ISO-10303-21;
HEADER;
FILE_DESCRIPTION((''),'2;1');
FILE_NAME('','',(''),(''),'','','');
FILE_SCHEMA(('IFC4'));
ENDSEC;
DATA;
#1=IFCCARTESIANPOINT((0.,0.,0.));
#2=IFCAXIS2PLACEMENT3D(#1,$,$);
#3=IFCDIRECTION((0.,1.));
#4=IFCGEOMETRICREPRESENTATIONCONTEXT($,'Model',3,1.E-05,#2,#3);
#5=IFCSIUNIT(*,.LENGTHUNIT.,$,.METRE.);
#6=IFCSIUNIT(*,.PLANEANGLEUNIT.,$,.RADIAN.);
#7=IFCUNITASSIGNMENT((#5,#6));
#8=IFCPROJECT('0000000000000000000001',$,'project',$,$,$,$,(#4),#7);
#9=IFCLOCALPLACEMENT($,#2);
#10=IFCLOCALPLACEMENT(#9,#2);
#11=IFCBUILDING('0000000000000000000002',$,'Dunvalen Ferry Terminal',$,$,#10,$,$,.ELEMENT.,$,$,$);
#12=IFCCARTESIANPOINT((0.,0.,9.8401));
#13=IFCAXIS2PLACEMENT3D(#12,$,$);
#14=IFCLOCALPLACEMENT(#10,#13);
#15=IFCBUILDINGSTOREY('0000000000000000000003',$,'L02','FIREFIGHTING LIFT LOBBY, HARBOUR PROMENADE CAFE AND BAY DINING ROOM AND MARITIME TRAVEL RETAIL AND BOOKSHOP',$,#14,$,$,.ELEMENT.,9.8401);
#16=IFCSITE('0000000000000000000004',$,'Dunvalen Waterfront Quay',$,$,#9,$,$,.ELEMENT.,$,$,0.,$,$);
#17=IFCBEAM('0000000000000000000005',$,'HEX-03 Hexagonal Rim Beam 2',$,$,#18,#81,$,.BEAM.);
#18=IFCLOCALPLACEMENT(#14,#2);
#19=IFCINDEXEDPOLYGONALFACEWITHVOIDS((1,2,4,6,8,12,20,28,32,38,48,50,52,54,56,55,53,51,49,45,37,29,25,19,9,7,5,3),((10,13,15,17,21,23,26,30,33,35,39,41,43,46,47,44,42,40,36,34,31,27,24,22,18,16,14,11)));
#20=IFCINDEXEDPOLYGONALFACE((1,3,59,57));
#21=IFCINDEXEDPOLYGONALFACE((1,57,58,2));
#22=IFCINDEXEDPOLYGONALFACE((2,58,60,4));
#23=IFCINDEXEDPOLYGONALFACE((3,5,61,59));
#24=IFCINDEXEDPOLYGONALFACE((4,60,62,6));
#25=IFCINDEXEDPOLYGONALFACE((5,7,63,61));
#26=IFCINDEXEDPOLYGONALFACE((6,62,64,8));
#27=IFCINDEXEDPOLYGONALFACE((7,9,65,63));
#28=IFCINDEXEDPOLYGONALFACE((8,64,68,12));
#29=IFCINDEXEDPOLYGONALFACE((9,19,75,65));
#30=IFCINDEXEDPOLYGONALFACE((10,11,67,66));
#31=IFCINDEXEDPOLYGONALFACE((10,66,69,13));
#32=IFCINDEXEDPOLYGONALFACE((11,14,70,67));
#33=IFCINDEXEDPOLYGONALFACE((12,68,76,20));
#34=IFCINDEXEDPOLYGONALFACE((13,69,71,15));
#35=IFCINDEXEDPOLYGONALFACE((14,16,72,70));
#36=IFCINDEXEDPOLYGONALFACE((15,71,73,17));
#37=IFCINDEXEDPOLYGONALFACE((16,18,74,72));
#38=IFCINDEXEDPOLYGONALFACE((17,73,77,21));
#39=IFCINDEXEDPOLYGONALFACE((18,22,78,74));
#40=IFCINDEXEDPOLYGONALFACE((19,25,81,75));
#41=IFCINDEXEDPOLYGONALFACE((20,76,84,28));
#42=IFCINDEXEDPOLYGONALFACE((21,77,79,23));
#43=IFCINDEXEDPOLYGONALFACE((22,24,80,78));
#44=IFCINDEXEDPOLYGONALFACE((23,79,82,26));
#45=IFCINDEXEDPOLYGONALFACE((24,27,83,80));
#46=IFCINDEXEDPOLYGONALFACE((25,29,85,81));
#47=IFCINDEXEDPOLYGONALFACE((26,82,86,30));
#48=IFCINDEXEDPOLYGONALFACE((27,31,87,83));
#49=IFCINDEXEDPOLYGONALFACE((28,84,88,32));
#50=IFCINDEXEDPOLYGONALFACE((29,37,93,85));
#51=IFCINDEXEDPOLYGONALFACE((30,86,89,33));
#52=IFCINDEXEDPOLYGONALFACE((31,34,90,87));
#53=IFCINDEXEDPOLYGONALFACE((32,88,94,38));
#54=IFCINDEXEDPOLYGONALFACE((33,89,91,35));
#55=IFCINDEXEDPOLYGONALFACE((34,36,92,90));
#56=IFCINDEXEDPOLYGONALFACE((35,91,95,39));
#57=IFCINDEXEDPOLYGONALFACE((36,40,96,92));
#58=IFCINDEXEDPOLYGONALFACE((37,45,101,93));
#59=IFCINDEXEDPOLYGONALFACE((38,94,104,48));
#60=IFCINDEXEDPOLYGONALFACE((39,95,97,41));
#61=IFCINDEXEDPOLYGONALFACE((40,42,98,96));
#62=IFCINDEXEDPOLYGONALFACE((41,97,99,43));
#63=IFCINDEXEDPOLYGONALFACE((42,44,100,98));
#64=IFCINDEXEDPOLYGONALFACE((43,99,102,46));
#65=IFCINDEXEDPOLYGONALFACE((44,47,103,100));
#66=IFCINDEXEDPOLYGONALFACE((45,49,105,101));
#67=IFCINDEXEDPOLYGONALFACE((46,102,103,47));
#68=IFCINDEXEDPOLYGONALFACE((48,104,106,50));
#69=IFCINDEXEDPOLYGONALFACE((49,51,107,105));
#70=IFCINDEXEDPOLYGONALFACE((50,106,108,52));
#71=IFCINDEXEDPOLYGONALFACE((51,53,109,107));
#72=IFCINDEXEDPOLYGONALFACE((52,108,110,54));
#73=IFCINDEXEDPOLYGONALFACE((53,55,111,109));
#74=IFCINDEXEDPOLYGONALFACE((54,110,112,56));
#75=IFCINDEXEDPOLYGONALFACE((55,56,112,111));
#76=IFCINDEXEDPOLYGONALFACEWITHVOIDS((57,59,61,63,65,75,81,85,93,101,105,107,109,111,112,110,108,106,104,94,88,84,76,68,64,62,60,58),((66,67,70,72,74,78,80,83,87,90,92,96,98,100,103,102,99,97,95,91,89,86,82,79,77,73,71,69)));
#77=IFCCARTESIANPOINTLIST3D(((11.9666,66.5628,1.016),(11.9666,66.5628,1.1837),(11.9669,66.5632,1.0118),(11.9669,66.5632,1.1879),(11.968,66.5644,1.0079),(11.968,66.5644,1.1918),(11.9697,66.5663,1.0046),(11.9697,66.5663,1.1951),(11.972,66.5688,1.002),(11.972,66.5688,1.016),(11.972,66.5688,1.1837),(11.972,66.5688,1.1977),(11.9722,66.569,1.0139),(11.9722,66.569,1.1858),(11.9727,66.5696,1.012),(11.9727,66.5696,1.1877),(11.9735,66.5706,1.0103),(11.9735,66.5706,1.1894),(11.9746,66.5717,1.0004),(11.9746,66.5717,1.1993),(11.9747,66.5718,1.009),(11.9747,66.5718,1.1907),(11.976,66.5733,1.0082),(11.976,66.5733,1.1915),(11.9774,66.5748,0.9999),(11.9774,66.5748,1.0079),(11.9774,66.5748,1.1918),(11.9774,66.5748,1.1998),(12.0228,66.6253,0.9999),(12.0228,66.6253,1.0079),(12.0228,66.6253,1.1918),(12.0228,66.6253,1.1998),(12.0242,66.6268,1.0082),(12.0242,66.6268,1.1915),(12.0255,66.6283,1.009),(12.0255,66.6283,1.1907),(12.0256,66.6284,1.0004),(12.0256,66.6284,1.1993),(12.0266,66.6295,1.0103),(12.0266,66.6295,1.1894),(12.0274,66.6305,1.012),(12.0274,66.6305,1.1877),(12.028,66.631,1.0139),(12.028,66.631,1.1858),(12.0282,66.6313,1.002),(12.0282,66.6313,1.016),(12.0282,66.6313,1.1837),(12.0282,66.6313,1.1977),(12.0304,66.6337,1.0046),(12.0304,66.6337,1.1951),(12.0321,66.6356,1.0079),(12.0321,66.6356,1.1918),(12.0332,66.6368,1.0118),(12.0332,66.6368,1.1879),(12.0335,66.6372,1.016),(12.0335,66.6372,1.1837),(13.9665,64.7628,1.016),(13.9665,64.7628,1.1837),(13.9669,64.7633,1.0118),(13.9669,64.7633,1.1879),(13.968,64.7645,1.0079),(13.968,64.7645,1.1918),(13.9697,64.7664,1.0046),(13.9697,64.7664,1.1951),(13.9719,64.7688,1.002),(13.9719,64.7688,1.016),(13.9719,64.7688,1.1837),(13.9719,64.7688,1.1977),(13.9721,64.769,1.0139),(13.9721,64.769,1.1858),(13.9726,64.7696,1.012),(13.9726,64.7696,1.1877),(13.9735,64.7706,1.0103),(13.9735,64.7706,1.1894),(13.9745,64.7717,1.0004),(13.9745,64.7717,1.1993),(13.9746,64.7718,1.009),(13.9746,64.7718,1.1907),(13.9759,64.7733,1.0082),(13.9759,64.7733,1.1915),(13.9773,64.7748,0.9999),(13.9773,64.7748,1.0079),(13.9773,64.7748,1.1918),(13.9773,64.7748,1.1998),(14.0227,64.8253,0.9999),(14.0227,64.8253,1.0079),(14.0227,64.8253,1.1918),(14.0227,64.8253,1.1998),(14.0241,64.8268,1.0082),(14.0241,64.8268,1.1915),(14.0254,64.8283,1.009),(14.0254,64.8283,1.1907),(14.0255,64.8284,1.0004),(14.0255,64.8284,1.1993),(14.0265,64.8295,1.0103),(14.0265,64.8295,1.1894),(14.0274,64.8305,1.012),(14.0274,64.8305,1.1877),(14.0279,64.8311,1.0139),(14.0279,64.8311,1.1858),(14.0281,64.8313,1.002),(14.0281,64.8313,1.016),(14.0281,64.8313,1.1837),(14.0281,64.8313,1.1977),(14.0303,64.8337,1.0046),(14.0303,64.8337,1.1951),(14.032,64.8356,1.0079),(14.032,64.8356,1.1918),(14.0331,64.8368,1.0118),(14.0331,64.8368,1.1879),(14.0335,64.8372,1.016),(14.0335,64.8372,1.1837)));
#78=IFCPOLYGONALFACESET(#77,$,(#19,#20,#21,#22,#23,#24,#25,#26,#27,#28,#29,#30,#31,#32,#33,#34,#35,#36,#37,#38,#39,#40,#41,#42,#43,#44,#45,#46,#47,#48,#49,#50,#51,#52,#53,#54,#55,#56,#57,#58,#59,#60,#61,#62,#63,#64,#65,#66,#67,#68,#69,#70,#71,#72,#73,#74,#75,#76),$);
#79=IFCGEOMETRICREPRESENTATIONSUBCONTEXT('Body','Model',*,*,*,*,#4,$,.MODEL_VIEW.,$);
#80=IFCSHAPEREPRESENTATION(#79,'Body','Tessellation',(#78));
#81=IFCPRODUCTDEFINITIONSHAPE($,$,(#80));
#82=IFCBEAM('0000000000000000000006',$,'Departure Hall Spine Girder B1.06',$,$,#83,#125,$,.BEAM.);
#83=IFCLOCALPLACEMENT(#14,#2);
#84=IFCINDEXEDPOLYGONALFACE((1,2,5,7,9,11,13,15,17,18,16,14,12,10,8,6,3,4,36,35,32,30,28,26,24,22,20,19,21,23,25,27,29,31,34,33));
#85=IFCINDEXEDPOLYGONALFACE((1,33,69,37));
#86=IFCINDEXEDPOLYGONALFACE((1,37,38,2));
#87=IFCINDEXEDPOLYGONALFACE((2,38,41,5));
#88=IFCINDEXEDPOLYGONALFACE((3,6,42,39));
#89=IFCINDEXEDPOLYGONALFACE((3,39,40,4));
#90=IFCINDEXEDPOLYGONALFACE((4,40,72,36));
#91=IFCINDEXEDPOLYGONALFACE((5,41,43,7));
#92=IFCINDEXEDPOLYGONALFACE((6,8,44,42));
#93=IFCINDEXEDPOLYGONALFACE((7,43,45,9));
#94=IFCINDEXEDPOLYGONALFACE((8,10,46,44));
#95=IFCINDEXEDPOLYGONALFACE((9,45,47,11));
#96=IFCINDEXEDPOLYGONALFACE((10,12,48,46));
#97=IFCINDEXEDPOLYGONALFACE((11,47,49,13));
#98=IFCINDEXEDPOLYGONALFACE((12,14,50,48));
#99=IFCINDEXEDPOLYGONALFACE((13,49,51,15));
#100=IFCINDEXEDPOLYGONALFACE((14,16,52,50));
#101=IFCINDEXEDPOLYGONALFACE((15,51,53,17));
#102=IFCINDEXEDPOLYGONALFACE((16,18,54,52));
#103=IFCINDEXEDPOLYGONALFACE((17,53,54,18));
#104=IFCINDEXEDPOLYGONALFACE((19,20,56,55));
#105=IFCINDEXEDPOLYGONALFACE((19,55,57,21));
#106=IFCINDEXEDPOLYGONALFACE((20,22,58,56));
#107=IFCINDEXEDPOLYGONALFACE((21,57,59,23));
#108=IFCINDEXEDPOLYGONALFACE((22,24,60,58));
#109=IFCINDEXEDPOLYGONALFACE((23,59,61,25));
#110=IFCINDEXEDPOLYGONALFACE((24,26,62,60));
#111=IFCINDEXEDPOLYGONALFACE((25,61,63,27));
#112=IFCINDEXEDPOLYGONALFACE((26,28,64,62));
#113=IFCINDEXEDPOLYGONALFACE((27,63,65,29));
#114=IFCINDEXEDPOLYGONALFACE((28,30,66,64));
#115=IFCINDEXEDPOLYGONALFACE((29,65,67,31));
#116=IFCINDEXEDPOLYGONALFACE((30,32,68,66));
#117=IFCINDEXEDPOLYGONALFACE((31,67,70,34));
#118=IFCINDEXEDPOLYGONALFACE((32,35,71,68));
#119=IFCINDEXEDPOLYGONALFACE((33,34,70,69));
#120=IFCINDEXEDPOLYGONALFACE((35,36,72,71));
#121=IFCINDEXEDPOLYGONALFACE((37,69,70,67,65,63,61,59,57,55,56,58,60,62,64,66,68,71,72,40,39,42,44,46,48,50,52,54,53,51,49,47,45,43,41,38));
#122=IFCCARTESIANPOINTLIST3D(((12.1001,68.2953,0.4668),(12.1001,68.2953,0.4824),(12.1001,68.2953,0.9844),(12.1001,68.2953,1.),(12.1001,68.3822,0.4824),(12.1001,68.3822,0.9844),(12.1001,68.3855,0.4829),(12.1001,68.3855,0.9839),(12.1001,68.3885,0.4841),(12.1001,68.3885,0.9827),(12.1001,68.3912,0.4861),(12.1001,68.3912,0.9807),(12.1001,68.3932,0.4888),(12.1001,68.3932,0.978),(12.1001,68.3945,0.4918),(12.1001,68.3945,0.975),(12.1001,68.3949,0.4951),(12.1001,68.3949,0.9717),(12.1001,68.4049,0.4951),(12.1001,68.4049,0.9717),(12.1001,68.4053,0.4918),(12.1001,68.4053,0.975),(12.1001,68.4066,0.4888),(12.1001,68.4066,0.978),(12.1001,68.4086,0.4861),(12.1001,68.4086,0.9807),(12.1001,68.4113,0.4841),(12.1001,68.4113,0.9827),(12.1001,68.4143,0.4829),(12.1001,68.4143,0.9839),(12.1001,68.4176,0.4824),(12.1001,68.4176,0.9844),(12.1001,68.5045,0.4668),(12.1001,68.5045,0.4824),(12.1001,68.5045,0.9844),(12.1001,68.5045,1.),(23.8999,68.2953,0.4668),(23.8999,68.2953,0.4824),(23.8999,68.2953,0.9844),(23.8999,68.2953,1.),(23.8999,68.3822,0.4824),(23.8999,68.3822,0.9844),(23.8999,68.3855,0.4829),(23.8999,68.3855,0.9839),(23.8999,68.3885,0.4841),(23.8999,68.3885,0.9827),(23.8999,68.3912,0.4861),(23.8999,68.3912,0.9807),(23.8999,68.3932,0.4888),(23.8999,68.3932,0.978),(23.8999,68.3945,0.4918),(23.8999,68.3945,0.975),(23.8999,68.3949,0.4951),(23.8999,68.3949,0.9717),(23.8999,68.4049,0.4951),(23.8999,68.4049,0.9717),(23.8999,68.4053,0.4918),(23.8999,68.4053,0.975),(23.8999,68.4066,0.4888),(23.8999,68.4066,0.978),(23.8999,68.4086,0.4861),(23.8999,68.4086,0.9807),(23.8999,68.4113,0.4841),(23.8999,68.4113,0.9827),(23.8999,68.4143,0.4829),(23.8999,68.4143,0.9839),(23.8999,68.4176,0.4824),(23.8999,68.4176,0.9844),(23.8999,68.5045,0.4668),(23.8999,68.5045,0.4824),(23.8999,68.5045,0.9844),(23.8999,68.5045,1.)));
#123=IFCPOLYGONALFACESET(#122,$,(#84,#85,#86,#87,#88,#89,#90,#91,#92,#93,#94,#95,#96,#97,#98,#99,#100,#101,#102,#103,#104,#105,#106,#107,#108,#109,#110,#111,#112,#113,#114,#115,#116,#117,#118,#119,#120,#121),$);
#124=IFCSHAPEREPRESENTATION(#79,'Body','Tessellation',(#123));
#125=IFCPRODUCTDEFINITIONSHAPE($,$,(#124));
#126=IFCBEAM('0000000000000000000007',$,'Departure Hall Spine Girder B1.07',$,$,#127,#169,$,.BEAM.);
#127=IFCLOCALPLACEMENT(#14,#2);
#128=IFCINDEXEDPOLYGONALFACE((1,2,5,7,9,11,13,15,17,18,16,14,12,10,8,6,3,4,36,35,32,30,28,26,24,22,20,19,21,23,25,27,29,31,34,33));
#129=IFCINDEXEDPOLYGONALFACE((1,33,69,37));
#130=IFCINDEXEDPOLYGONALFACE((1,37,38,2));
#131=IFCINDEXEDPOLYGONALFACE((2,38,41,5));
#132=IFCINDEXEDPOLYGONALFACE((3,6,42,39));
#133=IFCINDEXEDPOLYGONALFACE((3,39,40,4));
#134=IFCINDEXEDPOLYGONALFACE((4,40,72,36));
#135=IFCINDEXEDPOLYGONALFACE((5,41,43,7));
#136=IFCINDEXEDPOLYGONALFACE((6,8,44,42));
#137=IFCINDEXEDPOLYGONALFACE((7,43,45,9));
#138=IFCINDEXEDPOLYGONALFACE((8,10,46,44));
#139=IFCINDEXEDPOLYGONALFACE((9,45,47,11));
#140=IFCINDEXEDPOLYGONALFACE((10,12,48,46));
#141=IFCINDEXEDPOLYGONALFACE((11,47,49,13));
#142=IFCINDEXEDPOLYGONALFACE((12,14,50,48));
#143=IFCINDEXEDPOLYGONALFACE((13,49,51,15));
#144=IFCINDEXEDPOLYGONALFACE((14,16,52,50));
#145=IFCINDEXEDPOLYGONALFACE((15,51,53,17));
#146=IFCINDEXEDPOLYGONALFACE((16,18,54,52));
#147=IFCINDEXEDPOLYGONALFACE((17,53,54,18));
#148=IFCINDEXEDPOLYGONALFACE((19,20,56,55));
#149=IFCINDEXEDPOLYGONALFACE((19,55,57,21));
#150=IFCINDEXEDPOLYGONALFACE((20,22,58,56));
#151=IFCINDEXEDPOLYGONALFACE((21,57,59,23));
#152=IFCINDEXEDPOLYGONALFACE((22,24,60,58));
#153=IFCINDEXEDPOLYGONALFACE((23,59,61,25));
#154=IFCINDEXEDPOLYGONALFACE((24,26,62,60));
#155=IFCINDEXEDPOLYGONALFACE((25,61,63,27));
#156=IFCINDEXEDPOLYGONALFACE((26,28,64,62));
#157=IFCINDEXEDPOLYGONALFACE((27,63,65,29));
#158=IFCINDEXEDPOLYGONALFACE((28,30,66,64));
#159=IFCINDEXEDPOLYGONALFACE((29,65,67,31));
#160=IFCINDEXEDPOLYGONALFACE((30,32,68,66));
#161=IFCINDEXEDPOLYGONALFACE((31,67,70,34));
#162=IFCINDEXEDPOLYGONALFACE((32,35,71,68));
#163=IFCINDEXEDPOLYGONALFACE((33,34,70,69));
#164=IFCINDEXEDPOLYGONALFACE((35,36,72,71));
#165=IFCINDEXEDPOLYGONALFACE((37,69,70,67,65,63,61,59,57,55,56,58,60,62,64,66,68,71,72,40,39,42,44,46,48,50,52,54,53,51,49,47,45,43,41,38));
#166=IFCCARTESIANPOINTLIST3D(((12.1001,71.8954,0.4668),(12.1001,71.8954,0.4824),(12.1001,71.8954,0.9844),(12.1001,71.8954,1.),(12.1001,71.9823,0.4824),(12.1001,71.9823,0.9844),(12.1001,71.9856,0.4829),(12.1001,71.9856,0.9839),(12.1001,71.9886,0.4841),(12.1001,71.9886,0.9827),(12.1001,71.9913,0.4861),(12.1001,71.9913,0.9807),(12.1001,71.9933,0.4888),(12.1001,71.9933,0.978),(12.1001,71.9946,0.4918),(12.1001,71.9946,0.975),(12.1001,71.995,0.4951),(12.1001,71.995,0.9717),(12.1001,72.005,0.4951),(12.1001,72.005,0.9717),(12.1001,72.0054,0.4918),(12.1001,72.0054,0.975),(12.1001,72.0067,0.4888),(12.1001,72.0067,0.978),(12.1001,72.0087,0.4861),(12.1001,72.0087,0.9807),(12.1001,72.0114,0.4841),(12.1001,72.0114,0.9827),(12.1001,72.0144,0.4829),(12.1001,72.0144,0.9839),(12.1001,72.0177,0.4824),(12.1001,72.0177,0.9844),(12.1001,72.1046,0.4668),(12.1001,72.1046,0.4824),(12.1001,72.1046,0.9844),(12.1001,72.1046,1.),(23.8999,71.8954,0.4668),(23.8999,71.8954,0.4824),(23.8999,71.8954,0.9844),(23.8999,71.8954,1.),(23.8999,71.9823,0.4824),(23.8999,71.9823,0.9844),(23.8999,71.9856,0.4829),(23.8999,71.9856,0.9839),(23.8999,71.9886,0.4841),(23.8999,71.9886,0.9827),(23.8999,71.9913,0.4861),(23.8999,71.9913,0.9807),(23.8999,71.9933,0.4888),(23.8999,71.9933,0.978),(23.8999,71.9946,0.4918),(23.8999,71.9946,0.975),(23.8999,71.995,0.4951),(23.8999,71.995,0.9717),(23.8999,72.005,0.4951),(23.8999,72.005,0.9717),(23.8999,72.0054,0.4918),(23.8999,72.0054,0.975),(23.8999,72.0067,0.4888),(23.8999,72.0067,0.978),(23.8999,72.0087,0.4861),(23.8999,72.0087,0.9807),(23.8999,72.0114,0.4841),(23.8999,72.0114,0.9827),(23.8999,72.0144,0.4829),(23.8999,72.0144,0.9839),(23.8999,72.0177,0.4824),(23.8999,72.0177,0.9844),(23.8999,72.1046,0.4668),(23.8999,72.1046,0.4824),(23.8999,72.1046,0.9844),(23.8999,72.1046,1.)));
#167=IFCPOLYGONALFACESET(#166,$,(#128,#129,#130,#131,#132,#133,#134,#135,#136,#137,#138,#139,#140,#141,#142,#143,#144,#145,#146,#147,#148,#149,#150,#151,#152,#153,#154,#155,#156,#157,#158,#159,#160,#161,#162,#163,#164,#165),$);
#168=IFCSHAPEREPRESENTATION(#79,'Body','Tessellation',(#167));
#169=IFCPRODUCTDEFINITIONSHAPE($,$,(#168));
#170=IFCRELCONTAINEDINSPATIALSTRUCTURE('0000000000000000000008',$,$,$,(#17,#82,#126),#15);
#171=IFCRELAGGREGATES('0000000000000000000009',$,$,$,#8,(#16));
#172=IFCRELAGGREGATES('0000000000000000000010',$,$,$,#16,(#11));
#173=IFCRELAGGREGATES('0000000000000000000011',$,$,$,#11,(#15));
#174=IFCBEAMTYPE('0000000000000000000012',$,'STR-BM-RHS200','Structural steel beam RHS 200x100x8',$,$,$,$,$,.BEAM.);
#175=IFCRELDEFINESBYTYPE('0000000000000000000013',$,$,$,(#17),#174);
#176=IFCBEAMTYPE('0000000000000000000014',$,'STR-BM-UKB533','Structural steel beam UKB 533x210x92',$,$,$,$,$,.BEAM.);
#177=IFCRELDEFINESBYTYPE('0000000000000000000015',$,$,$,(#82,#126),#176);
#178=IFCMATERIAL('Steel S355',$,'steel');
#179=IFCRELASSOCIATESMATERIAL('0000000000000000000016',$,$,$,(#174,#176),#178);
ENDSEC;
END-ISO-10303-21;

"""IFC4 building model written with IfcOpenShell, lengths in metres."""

from ifc_helpers import new_model, si_unit, direction, frame, origin, origin_2d, place, context, subcontext, project, spatial, hollow_rectangle, i_section, extrude, material, material_profile, profile_set, type_object, element, save


model = new_model("IFC4")

# Units and contexts
model_context = context("Model", 3, precision=1e-05, world=origin(), true_north=direction((0.0, 1.0)))
body_context = subcontext(model_context, "Body", "Model", "MODEL_VIEW")
ifc_project = project(units=[si_unit("LENGTHUNIT", "METRE"), si_unit("PLANEANGLEUNIT", "RADIAN")], contexts=[model_context])

# Site, building, storey
site_placement = place(None, origin())
site = spatial("IfcSite", under=ifc_project, at=site_placement, Name="Dunvalen Waterfront Quay", CompositionType="ELEMENT", RefElevation=0.0)
building_placement = place(site_placement, origin())
building = spatial("IfcBuilding", under=site, at=building_placement, Name="Dunvalen Ferry Terminal", CompositionType="ELEMENT")
storey_placement = place(building_placement, frame((0.0, 0.0, 9.8401)))
storey = spatial("IfcBuildingStorey", under=building, at=storey_placement, Name="L02", Description="FIREFIGHTING LIFT LOBBY, HARBOUR PROMENADE CAFE AND BAY DINING ROOM AND MARITIME TRAVEL RETAIL AND BOOKSHOP", CompositionType="ELEMENT", Elevation=9.8401)

# Beams
ifc_material_1 = material(Name="Steel S355", Category="steel")
ifc_material_profile_1 = material_profile(ifc_material_1, hollow_rectangle(XDim=0.1001, YDim=0.2, WallThickness=0.0081, InnerFilletRadius=0.0081, OuterFilletRadius=0.0161, at=origin_2d()), Name="Steel S355")
ifc_profile_set_1 = profile_set([ifc_material_profile_1], Name="Steel S355")
beam_type_1 = type_object("IfcBeamType", Name="STR-BM-RHS200", Description="Structural steel beam RHS 200x100x8", PredefinedType="BEAM", material=ifc_profile_set_1)
beam_1_placement = place(storey_placement, frame((14.0, 64.8, 1.0999), z_axis=(-0.743285, 0.668975, 0.0), x_axis=(-0.668975, -0.743285, 0.0)))
element("IfcBeam", 1, at=beam_1_placement, inside=storey, type_object=beam_type_1, Name="HEX-03 Hexagonal Rim Beam 2", PredefinedType="BEAM", context=body_context, shape_type="SweptSolid", body=[
    extrude(hollow_rectangle(XDim=0.1001, YDim=0.2, WallThickness=0.0081, InnerFilletRadius=0.0081, OuterFilletRadius=0.0161, at=origin_2d()), origin(), (0.0, 0.0, 1.0), 2.6907),
])
ifc_material_profile_2 = material_profile(ifc_material_1, i_section(OverallWidth=0.2092, OverallDepth=0.5332, WebThickness=0.01, FlangeThickness=0.0156, FilletRadius=0.0127, at=origin_2d()), Name="Steel S355")
ifc_profile_set_2 = profile_set([ifc_material_profile_2], Name="Steel S355")
beam_type_2 = type_object("IfcBeamType", Name="STR-BM-UKB533", Description="Structural steel beam UKB 533x210x92", PredefinedType="BEAM", material=ifc_profile_set_2)
for number, where, z_axis, x_axis, name in (
    (2, (12.1001, 68.3999, 0.7334), (1.0, 0.0, 0.0), (0.0, 1.0, 0.0), "Departure Hall Spine Girder B1.06"),
    (3, (12.1001, 72.0, 0.7334), (1.0, 0.0, 0.0), (0.0, 1.0, 0.0), "Departure Hall Spine Girder B1.07"),
):
    element("IfcBeam", number, at=place(storey_placement, frame(where, z_axis=z_axis, x_axis=x_axis)), inside=storey, type_object=beam_type_2, Name=name, PredefinedType="BEAM", context=body_context, shape_type="SweptSolid", body=[
        extrude(i_section(OverallWidth=0.2092, OverallDepth=0.5332, WebThickness=0.01, FlangeThickness=0.0156, FilletRadius=0.0127, at=origin_2d()), origin(), (0.0, 0.0, 1.0), 11.7998),
    ])

save(model, "model.ifc")
